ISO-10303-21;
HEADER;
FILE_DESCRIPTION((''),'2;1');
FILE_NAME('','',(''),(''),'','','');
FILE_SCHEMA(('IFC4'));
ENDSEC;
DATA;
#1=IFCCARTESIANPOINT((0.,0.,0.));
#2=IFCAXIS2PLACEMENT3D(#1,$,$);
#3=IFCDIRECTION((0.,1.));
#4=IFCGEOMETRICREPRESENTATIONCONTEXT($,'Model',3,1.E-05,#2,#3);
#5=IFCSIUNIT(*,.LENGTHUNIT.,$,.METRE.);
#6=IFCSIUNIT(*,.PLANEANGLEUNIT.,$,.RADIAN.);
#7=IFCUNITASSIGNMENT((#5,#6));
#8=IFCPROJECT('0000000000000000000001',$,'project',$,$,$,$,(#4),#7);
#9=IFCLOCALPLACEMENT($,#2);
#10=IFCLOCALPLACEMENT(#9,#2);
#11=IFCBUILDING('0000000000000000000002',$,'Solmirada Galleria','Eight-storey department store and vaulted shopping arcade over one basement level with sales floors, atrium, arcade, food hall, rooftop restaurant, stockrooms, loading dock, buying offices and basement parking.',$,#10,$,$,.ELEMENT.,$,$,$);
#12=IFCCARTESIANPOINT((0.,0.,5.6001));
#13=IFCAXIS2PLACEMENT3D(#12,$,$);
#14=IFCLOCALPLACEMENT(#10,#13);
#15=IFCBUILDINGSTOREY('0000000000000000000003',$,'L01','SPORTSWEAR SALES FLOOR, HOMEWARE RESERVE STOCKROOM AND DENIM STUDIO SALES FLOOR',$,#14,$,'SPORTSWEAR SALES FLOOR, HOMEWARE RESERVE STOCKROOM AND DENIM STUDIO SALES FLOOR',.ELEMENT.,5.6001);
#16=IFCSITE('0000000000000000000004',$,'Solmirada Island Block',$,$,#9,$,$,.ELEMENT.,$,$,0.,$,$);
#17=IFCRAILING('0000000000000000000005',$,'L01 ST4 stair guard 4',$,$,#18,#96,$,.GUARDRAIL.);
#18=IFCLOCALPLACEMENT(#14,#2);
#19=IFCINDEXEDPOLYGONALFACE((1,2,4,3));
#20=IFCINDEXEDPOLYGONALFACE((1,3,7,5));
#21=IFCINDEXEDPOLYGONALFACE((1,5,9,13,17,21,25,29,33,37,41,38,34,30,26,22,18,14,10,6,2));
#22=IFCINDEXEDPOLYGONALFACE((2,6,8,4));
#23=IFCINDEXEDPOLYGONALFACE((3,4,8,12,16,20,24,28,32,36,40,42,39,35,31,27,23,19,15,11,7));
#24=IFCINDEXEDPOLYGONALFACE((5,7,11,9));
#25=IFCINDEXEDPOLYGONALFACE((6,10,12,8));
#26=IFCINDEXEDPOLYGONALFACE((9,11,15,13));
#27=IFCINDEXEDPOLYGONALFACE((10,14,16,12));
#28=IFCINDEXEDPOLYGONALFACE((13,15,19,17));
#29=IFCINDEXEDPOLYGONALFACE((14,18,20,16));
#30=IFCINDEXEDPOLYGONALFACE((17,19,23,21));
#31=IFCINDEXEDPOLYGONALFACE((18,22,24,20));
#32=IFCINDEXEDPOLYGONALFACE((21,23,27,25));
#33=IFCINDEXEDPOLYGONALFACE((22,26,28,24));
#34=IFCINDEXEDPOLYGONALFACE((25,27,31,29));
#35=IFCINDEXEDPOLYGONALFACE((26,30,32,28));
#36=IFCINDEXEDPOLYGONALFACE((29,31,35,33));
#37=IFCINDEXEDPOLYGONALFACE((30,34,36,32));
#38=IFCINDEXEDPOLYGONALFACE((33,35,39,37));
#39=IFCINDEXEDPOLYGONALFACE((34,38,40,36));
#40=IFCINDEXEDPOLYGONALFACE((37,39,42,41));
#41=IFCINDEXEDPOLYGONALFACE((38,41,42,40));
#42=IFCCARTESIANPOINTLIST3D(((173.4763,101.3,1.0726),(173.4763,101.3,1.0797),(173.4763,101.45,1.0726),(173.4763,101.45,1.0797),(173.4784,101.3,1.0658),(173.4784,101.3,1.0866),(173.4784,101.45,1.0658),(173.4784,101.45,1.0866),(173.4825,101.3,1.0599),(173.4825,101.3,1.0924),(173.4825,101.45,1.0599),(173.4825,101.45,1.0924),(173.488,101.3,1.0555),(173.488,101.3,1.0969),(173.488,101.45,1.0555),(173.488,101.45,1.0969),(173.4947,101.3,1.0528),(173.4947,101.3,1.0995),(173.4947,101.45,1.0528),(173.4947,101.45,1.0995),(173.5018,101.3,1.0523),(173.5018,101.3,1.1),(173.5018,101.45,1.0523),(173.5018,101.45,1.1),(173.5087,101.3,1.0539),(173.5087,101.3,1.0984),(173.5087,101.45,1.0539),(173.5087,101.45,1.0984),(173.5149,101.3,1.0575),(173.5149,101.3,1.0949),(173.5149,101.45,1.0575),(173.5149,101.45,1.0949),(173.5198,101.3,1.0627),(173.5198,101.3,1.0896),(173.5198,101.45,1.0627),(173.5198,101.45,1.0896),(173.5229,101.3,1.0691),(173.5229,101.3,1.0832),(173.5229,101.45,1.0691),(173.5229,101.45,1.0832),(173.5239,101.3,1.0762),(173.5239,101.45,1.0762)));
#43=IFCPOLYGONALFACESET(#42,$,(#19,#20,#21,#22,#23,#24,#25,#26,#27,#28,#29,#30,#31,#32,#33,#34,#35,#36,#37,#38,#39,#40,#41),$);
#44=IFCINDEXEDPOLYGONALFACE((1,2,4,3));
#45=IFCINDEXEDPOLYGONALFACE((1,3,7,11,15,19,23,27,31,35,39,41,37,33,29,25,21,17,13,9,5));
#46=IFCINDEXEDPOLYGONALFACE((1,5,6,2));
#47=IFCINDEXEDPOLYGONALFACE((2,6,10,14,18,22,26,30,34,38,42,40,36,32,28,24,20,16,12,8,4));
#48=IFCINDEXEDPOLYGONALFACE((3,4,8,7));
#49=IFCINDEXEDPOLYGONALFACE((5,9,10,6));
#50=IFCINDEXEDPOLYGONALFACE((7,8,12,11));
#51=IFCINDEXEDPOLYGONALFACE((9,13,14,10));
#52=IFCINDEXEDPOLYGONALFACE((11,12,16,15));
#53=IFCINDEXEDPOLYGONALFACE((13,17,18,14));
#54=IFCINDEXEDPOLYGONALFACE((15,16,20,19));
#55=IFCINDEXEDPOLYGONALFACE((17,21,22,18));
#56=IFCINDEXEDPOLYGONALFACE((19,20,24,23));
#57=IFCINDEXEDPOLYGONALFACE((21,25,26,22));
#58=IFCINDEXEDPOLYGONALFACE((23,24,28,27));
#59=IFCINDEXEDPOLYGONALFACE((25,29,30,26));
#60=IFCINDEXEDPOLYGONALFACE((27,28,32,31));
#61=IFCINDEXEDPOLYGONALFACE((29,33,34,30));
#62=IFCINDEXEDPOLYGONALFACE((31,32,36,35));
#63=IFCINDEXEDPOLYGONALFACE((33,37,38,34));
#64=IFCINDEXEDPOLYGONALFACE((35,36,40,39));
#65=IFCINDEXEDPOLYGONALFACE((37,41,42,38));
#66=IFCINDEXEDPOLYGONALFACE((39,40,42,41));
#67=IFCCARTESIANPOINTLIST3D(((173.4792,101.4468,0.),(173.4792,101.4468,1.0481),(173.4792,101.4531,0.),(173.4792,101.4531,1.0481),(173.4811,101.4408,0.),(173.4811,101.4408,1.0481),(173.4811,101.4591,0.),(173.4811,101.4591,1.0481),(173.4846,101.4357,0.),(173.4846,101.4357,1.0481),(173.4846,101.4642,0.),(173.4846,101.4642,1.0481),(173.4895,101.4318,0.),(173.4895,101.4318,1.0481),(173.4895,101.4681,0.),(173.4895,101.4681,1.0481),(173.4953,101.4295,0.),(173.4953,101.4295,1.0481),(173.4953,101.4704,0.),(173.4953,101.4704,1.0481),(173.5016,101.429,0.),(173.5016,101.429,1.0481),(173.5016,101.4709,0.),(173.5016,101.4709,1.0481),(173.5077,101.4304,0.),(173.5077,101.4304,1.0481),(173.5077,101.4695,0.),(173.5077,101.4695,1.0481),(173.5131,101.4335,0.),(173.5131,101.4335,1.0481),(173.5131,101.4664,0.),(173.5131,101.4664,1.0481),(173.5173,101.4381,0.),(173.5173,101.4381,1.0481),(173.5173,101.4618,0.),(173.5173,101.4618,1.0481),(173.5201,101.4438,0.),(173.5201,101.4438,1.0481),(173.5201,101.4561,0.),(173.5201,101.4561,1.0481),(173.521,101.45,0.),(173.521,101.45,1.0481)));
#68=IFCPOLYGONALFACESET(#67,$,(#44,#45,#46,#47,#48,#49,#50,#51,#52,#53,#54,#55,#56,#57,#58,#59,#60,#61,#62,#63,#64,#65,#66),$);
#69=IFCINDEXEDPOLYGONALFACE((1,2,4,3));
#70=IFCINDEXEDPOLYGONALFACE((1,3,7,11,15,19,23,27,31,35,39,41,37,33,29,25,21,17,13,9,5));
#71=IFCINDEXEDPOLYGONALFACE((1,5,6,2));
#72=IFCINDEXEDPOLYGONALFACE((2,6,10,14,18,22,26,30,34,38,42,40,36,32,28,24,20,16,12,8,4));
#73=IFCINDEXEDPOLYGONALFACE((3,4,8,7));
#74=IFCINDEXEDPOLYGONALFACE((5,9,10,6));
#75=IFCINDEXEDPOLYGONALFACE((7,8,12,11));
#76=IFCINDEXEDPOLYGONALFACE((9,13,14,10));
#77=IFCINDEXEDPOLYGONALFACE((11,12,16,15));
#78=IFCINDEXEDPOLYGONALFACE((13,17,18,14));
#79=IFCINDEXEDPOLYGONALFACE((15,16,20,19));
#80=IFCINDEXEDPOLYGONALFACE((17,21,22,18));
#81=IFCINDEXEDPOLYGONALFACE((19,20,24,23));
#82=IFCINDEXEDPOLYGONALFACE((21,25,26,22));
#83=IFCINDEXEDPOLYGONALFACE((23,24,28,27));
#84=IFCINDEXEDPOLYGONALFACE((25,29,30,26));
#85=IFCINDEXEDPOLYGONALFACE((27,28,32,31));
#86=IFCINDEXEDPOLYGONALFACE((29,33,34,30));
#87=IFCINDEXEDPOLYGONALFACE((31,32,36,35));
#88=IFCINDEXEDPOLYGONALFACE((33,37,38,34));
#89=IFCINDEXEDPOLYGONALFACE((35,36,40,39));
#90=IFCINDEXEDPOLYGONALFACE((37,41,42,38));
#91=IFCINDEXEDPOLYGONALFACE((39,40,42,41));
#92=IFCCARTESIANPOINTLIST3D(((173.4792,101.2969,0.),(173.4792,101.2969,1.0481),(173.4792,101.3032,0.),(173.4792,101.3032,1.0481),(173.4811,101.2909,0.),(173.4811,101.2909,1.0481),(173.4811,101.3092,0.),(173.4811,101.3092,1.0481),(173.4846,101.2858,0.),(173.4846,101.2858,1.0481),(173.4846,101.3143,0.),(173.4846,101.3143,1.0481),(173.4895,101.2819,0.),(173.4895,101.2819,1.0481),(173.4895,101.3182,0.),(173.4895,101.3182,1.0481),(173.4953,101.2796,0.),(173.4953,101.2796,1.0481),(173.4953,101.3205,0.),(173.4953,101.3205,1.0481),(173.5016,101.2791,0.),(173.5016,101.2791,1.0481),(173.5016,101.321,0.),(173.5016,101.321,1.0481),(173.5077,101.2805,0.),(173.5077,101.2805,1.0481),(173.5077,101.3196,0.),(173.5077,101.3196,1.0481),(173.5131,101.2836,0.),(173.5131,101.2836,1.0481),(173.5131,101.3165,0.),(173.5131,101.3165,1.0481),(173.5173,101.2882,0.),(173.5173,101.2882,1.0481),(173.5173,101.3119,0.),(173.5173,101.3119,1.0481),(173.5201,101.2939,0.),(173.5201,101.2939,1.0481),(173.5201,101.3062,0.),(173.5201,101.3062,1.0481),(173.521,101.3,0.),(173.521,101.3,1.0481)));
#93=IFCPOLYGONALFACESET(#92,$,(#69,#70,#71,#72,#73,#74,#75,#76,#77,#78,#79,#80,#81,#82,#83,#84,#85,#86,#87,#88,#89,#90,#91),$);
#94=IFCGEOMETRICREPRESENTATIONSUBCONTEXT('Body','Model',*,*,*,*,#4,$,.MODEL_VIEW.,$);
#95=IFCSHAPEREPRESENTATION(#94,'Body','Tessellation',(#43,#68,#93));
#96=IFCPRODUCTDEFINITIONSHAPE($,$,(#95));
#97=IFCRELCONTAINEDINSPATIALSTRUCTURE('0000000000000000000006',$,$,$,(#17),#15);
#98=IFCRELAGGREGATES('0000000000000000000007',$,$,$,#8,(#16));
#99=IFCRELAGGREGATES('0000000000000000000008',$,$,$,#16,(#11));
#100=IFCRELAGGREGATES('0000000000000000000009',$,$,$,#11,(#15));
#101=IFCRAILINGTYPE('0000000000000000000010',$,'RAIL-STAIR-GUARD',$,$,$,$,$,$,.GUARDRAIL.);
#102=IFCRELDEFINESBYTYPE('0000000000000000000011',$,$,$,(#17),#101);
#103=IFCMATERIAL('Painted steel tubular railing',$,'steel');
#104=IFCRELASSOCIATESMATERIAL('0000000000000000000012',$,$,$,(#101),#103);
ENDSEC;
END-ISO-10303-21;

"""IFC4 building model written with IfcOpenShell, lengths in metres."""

from ifc_helpers import new_model, si_unit, direction, frame, origin, origin_2d, place, context, subcontext, project, spatial, circle, extrude, material, type_object, element, save


model = new_model("IFC4")

# Units and contexts
model_context = context("Model", 3, precision=1e-05, world=origin(), true_north=direction((0.0, 1.0)))
body_context = subcontext(model_context, "Body", "Model", "MODEL_VIEW")
ifc_project = project(units=[si_unit("LENGTHUNIT", "METRE"), si_unit("PLANEANGLEUNIT", "RADIAN")], contexts=[model_context])

# Site, building, storey
site_placement = place(None, origin())
site = spatial("IfcSite", under=ifc_project, at=site_placement, Name="Solmirada Island Block", CompositionType="ELEMENT", RefElevation=0.0)
building_placement = place(site_placement, origin())
building = spatial("IfcBuilding", under=site, at=building_placement, Name="Solmirada Galleria", Description="Eight-storey department store and vaulted shopping arcade over one basement level with sales floors, atrium, arcade, food hall, rooftop restaurant, stockrooms, loading dock, buying offices and basement parking.", CompositionType="ELEMENT")
storey_placement = place(building_placement, frame((0.0, 0.0, 5.6001)))
storey = spatial("IfcBuildingStorey", under=building, at=storey_placement, Name="L01", Description="SPORTSWEAR SALES FLOOR, HOMEWARE RESERVE STOCKROOM AND DENIM STUDIO SALES FLOOR", LongName="SPORTSWEAR SALES FLOOR, HOMEWARE RESERVE STOCKROOM AND DENIM STUDIO SALES FLOOR", CompositionType="ELEMENT", Elevation=5.6001)

# Railing
ifc_material_1 = material(Name="Painted steel tubular railing", Category="steel")
railing_type_1 = type_object("IfcRailingType", Name="RAIL-STAIR-GUARD", PredefinedType="GUARDRAIL", material=ifc_material_1)
railing_1_placement = place(storey_placement, frame((173.5, 101.45, 0.0)))
element("IfcRailing", 1, at=railing_1_placement, inside=storey, type_object=railing_type_1, Name="L01 ST4 stair guard 4", PredefinedType="GUARDRAIL", context=body_context, shape_type="SweptSolid", body=[
    extrude(circle(Radius=0.0239, at=origin_2d()), frame((0.0, 0.0, 1.0762), z_axis=(0.0, -1.0, 0.0), x_axis=(1.0, 0.0, 0.0)), (0.0, 0.0, 1.0), 0.1499),
    extrude(circle(Radius=0.021, at=origin_2d()), origin(), (0.0, 0.0, 1.0), 1.0481),
    extrude(circle(Radius=0.021, at=origin_2d()), frame((0.0, -0.1499, 0.0)), (0.0, 0.0, 1.0), 1.0481),
])

save(model, "model.ifc")
